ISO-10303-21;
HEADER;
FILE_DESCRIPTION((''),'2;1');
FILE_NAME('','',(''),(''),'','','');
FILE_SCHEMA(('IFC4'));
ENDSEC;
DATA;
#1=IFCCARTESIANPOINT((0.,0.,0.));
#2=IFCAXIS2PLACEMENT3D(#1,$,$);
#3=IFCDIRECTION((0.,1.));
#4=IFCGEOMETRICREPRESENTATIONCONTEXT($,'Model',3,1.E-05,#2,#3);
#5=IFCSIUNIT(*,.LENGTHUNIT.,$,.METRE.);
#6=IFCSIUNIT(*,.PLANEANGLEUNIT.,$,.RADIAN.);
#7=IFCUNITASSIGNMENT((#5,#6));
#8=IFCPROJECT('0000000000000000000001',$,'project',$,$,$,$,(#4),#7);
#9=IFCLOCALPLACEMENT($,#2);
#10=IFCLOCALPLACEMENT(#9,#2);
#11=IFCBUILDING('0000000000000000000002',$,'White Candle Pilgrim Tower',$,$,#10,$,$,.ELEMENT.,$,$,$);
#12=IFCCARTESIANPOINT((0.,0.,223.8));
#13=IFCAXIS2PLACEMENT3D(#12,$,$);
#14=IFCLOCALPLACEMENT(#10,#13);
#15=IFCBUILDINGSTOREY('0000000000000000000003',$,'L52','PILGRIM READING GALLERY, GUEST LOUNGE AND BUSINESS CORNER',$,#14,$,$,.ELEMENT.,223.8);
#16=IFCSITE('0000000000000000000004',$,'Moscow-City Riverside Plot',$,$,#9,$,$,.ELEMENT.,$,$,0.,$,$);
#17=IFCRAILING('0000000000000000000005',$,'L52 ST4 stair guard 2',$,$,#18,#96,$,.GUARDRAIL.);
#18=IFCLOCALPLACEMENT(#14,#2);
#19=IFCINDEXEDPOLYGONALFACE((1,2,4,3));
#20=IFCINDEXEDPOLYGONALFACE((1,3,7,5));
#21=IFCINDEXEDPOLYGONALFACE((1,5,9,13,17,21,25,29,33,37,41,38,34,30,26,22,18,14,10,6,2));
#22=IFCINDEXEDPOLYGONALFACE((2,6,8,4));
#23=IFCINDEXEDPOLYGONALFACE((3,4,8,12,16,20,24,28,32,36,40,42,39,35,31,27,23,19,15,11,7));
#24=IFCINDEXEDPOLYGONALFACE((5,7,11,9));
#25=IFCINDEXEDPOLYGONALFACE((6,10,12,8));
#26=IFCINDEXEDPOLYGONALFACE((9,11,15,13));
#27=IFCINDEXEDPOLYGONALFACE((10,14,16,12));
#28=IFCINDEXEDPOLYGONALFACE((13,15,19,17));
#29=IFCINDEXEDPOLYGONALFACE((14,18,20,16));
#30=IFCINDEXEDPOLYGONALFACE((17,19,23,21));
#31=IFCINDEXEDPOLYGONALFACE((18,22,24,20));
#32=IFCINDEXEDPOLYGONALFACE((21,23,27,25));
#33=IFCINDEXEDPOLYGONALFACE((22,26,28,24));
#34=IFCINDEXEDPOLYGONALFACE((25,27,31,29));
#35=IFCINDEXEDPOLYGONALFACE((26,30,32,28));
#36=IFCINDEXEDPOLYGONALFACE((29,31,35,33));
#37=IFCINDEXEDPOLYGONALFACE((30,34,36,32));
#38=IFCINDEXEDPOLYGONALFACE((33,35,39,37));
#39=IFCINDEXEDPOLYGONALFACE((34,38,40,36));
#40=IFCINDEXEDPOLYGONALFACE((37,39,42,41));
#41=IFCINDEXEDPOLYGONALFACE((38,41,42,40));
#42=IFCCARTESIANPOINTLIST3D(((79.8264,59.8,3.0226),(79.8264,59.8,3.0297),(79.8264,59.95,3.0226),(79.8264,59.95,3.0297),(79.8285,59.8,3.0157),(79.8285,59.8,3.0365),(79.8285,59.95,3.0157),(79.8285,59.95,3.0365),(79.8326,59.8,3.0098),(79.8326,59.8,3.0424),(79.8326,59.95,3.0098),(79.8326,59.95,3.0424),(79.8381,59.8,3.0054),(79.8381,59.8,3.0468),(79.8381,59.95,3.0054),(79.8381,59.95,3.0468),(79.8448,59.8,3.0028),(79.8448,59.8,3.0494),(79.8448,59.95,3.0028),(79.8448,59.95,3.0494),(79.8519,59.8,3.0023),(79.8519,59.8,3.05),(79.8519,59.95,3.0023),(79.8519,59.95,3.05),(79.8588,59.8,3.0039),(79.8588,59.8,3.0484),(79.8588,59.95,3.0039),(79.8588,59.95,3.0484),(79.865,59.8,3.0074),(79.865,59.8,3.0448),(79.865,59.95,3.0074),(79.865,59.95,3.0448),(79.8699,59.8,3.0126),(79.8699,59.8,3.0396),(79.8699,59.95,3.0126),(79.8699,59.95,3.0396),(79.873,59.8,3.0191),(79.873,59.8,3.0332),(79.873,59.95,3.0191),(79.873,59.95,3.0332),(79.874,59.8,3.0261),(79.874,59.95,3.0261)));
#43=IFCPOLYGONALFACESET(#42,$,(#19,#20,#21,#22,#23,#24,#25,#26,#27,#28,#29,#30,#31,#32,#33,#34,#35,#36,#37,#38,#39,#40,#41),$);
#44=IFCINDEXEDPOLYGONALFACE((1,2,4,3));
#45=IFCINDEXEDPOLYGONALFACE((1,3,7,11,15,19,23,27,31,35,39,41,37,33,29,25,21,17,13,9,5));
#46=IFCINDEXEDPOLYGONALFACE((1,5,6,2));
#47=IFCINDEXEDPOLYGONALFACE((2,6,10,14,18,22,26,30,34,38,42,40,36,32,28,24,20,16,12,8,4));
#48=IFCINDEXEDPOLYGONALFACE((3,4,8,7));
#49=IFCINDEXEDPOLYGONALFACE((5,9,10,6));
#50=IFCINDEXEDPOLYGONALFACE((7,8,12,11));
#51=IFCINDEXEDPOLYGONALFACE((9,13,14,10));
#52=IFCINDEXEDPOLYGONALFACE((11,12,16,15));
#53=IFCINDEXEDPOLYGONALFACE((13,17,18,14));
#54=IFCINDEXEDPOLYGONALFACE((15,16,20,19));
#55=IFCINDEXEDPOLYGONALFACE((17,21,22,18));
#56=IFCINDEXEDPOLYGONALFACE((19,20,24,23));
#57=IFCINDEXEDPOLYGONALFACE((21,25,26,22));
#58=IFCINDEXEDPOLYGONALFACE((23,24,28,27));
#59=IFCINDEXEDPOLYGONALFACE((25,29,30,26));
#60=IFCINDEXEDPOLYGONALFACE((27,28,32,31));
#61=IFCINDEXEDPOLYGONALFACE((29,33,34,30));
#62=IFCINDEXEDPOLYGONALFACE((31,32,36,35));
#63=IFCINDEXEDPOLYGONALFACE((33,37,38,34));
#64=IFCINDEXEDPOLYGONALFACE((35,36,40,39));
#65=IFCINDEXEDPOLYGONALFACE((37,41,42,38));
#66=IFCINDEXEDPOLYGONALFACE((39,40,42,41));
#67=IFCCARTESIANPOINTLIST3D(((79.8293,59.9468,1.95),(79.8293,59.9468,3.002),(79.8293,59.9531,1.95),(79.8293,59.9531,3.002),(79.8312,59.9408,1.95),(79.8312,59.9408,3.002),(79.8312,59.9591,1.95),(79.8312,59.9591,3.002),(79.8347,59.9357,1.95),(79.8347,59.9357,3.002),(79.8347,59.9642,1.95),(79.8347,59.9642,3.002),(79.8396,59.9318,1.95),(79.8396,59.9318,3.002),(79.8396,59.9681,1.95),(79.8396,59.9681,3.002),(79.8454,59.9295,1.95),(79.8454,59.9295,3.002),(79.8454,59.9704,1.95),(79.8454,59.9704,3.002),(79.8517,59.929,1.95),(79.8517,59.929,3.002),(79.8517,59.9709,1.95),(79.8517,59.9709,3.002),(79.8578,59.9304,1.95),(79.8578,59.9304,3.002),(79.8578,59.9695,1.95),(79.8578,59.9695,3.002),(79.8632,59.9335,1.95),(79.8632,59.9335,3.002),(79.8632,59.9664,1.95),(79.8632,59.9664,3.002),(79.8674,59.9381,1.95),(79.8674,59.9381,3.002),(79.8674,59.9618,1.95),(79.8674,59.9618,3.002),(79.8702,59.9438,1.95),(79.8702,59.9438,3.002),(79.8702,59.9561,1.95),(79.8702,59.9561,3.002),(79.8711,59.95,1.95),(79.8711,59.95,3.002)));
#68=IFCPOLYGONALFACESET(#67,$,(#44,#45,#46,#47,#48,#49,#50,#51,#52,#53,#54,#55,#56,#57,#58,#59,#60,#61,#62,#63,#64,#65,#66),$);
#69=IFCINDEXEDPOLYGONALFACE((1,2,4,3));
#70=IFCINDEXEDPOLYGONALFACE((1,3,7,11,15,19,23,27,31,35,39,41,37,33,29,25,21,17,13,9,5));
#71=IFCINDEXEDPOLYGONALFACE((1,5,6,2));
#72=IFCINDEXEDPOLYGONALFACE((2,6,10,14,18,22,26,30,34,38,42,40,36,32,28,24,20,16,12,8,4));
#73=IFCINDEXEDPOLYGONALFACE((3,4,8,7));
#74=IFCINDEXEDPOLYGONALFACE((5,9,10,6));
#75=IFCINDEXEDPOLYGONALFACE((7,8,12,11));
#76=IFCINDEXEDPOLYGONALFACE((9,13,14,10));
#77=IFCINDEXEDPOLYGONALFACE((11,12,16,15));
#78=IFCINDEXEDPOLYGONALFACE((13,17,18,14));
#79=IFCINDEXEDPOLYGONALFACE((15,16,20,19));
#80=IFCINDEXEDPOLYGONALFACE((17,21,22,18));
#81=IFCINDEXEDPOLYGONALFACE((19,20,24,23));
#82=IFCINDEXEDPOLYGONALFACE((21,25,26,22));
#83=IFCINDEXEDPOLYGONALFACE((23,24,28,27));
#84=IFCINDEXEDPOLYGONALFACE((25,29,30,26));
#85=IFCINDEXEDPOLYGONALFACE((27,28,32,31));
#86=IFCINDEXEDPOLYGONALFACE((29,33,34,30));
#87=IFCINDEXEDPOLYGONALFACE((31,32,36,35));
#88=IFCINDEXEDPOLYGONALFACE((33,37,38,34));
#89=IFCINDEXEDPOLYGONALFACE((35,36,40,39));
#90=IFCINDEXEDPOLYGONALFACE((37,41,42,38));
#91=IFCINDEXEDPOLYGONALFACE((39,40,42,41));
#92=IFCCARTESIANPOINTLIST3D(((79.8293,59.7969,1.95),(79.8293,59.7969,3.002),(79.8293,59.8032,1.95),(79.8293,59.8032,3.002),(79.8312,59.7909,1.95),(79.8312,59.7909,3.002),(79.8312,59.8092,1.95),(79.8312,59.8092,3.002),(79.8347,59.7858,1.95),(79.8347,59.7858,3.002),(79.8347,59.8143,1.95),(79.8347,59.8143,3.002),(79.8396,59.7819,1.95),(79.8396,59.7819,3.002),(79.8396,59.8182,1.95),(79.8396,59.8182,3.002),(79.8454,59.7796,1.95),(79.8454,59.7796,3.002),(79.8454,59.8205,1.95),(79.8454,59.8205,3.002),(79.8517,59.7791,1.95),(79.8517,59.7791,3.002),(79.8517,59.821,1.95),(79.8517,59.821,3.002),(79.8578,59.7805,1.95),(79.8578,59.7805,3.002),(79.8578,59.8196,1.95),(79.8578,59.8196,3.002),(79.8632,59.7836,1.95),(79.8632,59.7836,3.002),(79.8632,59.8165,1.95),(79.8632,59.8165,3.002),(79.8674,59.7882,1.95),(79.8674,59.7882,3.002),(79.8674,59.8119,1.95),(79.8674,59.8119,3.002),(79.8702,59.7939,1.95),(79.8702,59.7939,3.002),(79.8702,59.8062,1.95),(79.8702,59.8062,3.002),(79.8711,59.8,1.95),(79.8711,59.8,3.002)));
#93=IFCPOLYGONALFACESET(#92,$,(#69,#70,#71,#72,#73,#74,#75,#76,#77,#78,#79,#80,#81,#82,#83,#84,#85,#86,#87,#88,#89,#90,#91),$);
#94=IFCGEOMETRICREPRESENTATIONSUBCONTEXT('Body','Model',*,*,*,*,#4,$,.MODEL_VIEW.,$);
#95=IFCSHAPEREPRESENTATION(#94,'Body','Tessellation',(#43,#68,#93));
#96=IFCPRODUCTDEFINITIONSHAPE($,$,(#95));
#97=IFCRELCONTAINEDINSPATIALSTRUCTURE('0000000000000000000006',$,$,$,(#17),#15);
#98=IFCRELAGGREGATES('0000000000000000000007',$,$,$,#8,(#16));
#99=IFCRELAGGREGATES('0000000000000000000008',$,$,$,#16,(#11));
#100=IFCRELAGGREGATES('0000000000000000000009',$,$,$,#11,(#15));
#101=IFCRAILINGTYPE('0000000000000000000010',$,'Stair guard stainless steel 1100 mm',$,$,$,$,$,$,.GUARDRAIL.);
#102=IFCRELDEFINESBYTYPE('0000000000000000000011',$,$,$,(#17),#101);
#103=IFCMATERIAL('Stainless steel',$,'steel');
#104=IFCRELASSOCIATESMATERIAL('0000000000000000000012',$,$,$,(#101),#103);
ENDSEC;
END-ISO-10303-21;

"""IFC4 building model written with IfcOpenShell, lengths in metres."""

from ifc_helpers import new_model, si_unit, direction, frame, origin, origin_2d, place, context, subcontext, project, spatial, circle, extrude, material, type_object, element, save


model = new_model("IFC4")

# Units and contexts
model_context = context("Model", 3, precision=1e-05, world=origin(), true_north=direction((0.0, 1.0)))
body_context = subcontext(model_context, "Body", "Model", "MODEL_VIEW")
ifc_project = project(units=[si_unit("LENGTHUNIT", "METRE"), si_unit("PLANEANGLEUNIT", "RADIAN")], contexts=[model_context])

# Site, building, storey
site_placement = place(None, origin())
site = spatial("IfcSite", under=ifc_project, at=site_placement, Name="Moscow-City Riverside Plot", CompositionType="ELEMENT", RefElevation=0.0)
building_placement = place(site_placement, origin())
building = spatial("IfcBuilding", under=site, at=building_placement, Name="White Candle Pilgrim Tower", CompositionType="ELEMENT")
storey_placement = place(building_placement, frame((0.0, 0.0, 223.8)))
storey = spatial("IfcBuildingStorey", under=building, at=storey_placement, Name="L52", Description="PILGRIM READING GALLERY, GUEST LOUNGE AND BUSINESS CORNER", CompositionType="ELEMENT", Elevation=223.8)

# Railing
ifc_material_1 = material(Name="Stainless steel", Category="steel")
railing_type_1 = type_object("IfcRailingType", Name="Stair guard stainless steel 1100 mm", PredefinedType="GUARDRAIL", material=ifc_material_1)
railing_1_placement = place(storey_placement, frame((79.8501, 59.95, 1.95)))
element("IfcRailing", 1, at=railing_1_placement, inside=storey, type_object=railing_type_1, Name="L52 ST4 stair guard 2", PredefinedType="GUARDRAIL", context=body_context, shape_type="SweptSolid", body=[
    extrude(circle(Radius=0.0239, at=origin_2d()), frame((0.0, 0.0, 1.0762), z_axis=(0.0, -1.0, 0.0), x_axis=(1.0, 0.0, 0.0)), (0.0, 0.0, 1.0), 0.1499),
    extrude(circle(Radius=0.021, at=origin_2d()), origin(), (0.0, 0.0, 1.0), 1.052),
    extrude(circle(Radius=0.021, at=origin_2d()), frame((0.0, -0.1499, 0.0)), (0.0, 0.0, 1.0), 1.052),
])

save(model, "model.ifc")
